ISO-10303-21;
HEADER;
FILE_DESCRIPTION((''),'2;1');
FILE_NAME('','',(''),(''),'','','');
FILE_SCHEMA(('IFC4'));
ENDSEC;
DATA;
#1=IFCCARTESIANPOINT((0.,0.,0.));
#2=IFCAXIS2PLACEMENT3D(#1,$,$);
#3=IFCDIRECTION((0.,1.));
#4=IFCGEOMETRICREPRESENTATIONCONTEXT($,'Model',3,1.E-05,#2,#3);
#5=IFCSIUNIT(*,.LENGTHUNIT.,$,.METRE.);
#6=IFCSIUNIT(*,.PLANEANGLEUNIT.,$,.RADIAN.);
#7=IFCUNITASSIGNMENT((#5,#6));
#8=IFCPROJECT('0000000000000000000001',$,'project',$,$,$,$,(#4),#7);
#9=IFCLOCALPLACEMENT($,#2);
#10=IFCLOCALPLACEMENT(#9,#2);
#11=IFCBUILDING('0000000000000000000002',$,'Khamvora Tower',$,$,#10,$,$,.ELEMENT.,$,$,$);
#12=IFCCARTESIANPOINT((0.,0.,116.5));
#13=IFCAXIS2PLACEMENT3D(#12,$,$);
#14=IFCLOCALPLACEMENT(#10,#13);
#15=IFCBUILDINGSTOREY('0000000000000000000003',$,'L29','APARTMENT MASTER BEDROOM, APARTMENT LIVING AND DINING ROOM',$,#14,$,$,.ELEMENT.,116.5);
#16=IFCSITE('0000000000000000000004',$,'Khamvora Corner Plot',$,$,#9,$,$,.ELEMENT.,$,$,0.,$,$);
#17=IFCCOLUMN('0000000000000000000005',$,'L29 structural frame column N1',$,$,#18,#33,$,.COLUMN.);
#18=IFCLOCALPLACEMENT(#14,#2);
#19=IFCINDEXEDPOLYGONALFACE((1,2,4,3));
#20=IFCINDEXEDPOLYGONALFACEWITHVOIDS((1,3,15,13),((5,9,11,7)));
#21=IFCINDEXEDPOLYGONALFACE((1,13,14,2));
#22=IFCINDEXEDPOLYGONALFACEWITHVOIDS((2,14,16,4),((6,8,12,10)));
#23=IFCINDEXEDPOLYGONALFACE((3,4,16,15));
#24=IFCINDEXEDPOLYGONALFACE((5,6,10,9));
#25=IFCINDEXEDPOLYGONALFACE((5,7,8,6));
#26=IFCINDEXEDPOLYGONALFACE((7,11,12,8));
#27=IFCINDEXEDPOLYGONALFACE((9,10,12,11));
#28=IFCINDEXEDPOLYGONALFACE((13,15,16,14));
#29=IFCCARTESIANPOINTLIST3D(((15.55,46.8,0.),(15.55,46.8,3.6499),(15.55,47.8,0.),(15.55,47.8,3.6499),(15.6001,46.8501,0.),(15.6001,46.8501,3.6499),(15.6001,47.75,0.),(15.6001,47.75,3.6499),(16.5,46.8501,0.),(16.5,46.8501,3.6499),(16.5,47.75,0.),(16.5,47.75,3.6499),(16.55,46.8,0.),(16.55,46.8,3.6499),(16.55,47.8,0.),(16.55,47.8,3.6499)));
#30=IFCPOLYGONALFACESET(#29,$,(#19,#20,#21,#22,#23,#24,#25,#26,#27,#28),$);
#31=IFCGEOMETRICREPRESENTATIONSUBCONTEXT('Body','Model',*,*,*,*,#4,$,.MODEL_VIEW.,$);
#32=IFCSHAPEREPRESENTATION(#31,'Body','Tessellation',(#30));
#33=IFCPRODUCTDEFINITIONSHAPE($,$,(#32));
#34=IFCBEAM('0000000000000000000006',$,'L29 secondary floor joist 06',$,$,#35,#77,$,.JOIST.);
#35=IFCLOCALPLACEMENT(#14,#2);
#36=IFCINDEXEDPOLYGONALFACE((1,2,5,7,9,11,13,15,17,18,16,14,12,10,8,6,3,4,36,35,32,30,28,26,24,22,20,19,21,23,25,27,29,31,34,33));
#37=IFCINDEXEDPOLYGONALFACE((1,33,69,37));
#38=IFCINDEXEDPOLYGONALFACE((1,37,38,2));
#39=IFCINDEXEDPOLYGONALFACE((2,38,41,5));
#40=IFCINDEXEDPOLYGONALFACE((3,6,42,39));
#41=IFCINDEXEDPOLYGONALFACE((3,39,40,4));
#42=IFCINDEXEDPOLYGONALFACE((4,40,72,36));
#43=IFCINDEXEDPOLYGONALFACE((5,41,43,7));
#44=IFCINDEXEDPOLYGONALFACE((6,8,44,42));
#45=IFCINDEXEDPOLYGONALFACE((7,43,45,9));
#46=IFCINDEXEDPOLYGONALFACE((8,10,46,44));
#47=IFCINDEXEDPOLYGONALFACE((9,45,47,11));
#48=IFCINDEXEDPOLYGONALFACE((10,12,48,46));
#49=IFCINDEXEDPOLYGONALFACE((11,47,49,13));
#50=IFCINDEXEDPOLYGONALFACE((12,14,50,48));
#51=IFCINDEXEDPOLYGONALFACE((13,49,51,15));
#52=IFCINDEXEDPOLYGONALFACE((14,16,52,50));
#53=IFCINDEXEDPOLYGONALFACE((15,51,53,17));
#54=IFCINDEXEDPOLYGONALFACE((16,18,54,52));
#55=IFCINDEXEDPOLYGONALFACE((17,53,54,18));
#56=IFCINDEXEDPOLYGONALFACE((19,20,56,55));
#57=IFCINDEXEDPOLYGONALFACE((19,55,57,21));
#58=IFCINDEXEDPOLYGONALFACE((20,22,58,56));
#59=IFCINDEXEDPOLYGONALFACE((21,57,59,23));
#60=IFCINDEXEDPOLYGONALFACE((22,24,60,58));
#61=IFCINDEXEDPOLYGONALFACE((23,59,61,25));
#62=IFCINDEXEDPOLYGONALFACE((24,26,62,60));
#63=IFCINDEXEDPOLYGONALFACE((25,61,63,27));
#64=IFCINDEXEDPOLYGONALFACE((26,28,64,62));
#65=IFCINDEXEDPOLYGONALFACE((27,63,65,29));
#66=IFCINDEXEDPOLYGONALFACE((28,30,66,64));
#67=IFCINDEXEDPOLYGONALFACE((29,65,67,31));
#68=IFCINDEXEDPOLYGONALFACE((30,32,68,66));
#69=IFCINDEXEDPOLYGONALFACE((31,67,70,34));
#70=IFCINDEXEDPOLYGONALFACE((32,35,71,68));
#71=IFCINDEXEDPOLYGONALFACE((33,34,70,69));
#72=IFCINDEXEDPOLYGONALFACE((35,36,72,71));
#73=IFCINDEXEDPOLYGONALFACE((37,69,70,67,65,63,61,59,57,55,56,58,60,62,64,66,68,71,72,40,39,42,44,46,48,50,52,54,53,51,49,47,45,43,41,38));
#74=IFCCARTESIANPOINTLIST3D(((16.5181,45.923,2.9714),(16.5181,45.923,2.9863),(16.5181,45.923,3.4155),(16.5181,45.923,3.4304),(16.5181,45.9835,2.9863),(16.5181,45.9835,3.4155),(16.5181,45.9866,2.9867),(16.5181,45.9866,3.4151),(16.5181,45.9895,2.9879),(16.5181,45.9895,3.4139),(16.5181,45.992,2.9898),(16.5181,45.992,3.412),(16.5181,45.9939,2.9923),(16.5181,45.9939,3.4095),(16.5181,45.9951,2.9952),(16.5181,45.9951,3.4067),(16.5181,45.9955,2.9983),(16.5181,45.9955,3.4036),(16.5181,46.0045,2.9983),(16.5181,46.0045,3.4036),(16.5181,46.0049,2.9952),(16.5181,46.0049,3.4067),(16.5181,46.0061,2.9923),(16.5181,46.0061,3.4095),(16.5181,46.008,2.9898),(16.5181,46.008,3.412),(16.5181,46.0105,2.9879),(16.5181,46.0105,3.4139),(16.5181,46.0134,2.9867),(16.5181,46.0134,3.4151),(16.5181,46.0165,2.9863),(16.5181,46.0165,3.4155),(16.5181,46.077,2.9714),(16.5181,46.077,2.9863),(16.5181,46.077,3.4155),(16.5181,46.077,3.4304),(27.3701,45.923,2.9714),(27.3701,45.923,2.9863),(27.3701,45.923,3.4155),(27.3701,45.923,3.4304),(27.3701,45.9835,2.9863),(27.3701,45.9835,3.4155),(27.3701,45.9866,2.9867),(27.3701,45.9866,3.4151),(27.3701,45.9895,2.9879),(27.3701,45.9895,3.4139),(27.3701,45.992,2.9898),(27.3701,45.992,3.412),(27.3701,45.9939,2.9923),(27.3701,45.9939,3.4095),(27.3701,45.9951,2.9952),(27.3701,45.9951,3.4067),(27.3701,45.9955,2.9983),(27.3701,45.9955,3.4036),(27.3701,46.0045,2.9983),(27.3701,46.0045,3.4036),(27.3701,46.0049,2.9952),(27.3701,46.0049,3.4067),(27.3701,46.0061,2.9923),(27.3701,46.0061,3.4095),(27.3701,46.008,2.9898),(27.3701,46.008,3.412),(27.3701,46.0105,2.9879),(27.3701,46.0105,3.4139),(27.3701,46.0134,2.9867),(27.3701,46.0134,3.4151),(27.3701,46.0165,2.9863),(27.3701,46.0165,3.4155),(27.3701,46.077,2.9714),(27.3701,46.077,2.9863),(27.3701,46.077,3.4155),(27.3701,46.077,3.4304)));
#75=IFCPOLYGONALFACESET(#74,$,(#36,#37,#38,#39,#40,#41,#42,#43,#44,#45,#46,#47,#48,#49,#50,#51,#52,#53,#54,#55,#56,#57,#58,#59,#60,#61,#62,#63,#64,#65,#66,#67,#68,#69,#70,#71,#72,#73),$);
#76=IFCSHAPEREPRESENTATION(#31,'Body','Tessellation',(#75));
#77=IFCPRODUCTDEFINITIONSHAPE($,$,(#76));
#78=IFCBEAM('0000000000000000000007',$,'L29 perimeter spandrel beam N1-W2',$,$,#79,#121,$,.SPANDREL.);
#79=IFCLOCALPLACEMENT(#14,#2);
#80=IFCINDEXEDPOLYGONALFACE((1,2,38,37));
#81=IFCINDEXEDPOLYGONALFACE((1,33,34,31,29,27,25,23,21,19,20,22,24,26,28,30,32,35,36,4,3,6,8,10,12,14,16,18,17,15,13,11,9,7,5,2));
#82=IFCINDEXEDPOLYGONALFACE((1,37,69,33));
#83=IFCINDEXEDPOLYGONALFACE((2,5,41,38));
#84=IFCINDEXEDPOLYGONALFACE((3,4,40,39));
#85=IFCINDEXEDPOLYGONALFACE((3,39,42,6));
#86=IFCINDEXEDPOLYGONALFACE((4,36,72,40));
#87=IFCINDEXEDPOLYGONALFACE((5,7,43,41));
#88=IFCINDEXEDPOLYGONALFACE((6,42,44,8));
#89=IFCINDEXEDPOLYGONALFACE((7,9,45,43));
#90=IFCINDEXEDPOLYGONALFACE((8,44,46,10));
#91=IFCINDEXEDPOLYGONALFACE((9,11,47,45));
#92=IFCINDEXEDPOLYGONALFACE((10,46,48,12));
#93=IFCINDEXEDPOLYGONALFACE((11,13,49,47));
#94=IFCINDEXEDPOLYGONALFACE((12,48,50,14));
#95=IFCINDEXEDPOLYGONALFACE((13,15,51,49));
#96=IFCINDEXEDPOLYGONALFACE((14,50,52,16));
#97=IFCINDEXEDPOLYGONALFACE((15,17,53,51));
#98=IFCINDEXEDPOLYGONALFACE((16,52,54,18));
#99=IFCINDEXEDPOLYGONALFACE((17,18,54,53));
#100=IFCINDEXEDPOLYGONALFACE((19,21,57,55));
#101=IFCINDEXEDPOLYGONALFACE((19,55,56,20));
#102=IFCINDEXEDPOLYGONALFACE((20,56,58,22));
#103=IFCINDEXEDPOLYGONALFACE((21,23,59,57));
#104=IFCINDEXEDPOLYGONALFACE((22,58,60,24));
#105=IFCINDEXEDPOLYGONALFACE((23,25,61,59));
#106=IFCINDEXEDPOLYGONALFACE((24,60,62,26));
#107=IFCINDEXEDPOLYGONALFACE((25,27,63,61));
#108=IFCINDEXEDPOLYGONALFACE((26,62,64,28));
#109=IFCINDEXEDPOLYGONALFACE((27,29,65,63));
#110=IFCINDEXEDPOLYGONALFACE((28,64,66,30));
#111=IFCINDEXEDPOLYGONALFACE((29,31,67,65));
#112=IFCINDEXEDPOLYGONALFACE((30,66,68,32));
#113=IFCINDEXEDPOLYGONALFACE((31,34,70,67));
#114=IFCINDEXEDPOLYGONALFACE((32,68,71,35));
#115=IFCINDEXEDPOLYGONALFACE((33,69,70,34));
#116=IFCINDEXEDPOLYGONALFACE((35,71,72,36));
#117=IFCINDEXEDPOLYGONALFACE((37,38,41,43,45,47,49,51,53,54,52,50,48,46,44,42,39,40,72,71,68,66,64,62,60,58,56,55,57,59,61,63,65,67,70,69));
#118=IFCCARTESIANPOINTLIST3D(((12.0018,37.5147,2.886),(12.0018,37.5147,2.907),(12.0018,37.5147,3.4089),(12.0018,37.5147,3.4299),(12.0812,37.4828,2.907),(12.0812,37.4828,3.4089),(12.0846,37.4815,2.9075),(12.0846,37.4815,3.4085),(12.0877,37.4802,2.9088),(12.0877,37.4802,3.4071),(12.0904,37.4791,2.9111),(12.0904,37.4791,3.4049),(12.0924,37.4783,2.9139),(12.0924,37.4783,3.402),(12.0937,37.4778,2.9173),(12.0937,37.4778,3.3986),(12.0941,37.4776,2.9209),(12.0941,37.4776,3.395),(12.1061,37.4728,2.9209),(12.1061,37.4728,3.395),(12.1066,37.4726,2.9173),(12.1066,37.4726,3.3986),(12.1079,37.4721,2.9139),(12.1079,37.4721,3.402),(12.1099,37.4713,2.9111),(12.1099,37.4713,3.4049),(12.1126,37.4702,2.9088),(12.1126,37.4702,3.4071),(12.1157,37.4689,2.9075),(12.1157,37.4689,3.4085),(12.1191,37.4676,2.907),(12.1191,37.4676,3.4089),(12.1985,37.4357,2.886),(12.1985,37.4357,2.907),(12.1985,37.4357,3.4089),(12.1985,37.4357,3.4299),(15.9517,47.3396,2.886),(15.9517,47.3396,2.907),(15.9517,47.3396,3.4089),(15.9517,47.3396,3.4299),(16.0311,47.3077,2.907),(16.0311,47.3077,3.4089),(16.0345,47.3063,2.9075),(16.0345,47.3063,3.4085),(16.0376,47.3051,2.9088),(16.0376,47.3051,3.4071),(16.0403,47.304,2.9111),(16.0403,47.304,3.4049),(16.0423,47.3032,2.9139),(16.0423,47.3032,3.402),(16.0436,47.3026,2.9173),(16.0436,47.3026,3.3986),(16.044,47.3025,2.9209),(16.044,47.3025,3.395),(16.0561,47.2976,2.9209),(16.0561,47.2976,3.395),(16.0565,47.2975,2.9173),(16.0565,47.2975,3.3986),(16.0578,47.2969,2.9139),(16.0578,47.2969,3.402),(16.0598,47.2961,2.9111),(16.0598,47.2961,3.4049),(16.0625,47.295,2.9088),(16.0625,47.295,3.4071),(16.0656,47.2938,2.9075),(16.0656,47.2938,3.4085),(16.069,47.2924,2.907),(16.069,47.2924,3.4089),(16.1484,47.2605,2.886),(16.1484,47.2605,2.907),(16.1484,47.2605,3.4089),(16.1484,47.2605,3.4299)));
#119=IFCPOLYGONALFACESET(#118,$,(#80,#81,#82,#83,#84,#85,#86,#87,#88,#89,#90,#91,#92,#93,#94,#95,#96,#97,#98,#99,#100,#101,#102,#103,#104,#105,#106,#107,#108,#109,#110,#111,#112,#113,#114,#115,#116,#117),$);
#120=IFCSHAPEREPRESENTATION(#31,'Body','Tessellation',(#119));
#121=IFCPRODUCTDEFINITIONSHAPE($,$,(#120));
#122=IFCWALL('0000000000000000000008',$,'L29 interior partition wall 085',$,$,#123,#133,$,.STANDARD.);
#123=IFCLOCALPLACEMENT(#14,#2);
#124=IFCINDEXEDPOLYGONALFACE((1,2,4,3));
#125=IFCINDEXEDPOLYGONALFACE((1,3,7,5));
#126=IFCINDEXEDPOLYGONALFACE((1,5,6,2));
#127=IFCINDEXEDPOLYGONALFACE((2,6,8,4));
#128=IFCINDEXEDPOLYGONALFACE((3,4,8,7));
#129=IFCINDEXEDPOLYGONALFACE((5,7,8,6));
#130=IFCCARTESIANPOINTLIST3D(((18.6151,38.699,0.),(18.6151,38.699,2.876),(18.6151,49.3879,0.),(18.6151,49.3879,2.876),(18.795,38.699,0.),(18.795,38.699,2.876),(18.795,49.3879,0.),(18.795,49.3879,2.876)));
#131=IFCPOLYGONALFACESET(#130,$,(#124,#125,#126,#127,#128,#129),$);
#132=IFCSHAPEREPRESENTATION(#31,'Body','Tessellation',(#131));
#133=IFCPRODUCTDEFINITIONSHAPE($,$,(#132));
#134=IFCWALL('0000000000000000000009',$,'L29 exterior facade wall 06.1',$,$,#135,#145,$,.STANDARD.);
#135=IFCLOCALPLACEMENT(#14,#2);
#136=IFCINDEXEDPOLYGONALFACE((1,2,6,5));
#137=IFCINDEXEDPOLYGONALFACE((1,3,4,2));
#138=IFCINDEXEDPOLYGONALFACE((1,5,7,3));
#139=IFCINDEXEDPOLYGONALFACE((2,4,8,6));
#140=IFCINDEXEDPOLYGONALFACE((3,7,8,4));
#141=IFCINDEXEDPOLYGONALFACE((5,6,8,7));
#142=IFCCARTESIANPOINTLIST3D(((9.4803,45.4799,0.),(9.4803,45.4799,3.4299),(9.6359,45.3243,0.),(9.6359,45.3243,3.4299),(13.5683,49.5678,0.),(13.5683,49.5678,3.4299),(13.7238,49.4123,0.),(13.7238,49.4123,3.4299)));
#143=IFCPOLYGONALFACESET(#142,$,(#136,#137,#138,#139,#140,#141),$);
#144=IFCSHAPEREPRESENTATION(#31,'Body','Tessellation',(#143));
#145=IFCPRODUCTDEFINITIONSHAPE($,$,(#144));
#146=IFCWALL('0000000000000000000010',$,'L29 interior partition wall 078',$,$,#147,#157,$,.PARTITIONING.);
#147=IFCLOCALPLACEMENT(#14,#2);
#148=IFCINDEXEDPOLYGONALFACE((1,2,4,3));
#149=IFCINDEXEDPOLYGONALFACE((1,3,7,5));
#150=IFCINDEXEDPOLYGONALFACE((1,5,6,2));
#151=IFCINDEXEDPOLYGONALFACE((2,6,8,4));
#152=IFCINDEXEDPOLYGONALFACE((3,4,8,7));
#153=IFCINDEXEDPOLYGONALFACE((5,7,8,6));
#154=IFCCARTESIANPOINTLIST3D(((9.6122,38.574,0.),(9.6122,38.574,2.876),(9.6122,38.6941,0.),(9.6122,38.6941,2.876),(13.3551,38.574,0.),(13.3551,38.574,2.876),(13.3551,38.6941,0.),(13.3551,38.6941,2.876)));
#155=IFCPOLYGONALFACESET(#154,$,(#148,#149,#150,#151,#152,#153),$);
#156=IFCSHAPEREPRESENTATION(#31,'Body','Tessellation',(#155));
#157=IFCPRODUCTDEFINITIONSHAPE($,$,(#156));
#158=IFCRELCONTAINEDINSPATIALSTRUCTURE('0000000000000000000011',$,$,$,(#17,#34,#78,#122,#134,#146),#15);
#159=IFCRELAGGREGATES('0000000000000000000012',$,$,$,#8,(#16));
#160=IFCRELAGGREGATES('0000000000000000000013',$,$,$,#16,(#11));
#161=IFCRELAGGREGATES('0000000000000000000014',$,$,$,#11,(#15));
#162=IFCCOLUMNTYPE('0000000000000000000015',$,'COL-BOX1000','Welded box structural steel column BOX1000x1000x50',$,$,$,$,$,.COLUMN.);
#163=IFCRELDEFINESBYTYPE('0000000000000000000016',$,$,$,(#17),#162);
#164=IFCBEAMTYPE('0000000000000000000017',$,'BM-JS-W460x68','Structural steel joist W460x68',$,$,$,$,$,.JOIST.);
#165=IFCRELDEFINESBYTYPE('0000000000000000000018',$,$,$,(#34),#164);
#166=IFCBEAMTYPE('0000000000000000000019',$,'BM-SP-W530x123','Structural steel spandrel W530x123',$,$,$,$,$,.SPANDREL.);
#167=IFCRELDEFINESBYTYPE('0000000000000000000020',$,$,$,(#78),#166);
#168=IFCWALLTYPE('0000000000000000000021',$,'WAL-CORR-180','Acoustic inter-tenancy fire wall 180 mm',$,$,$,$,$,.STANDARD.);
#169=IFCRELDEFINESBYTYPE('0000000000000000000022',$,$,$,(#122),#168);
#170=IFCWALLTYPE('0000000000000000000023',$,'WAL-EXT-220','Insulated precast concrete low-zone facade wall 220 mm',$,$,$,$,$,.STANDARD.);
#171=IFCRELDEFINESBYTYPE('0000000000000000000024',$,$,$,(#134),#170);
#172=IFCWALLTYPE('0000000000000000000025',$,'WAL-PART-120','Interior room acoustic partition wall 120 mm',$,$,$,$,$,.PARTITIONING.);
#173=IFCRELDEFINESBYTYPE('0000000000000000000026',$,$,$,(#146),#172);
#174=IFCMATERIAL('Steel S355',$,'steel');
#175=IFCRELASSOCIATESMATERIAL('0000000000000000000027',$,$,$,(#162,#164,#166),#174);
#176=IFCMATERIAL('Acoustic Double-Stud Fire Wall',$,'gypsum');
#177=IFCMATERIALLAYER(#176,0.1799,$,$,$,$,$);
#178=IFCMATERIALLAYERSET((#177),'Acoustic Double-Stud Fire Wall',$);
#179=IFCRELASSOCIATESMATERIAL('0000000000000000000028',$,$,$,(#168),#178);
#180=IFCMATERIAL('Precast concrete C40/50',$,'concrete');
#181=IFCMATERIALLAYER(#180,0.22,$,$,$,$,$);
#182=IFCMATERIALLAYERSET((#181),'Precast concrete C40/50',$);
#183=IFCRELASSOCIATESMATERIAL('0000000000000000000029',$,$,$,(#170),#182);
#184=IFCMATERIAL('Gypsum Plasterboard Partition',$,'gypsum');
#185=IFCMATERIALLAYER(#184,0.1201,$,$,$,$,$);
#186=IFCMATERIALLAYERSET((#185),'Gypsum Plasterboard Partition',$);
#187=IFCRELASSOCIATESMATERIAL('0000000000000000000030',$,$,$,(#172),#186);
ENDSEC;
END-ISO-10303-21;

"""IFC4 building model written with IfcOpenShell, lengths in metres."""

from ifc_helpers import new_model, si_unit, direction, frame, frame_2d, origin, origin_2d, place, context, subcontext, project, spatial, rectangle, hollow_rectangle, i_section, extrude, material, layer, layer_set, material_profile, profile_set, type_object, element, save


model = new_model("IFC4")

# Units and contexts
model_context = context("Model", 3, precision=1e-05, world=origin(), true_north=direction((0.0, 1.0)))
body_context = subcontext(model_context, "Body", "Model", "MODEL_VIEW")
ifc_project = project(units=[si_unit("LENGTHUNIT", "METRE"), si_unit("PLANEANGLEUNIT", "RADIAN")], contexts=[model_context])

# Site, building, storey
site_placement = place(None, origin())
site = spatial("IfcSite", under=ifc_project, at=site_placement, Name="Khamvora Corner Plot", CompositionType="ELEMENT", RefElevation=0.0)
building_placement = place(site_placement, origin())
building = spatial("IfcBuilding", under=site, at=building_placement, Name="Khamvora Tower", CompositionType="ELEMENT")
storey_placement = place(building_placement, frame((0.0, 0.0, 116.5)))
storey = spatial("IfcBuildingStorey", under=building, at=storey_placement, Name="L29", Description="APARTMENT MASTER BEDROOM, APARTMENT LIVING AND DINING ROOM", CompositionType="ELEMENT", Elevation=116.5)

# Column
ifc_material_1 = material(Name="Steel S355", Category="steel")
ifc_material_profile_1 = material_profile(ifc_material_1, hollow_rectangle(XDim=1.0, YDim=1.0, WallThickness=0.05, at=origin_2d()), Name="BOX1000x1000x50")
ifc_profile_set_1 = profile_set([ifc_material_profile_1], Name="Steel S355")
column_type = type_object("IfcColumnType", Name="COL-BOX1000", Description="Welded box structural steel column BOX1000x1000x50", PredefinedType="COLUMN", material=ifc_profile_set_1)
column_placement = place(storey_placement, frame((16.05, 47.3, 0.0), z_axis=(0.0, 0.0, 1.0), x_axis=(1.0, 0.0, 0.0)))
element("IfcColumn", 1, at=column_placement, inside=storey, type_object=column_type, Name="L29 structural frame column N1", PredefinedType="COLUMN", context=body_context, shape_type="SweptSolid", body=[
    extrude(hollow_rectangle(XDim=1.0, YDim=1.0, WallThickness=0.05, at=origin_2d()), origin(), (0.0, 0.0, 1.0), 3.6499),
])

# Beams
ifc_material_profile_2 = material_profile(ifc_material_1, i_section(OverallWidth=0.1541, OverallDepth=0.459, WebThickness=0.009, FlangeThickness=0.0149, FilletRadius=0.012, at=origin_2d()), Name="W460x68")
ifc_profile_set_2 = profile_set([ifc_material_profile_2], Name="Steel S355")
beam_type_1 = type_object("IfcBeamType", Name="BM-JS-W460x68", Description="Structural steel joist W460x68", PredefinedType="JOIST", material=ifc_profile_set_2)
beam_1_placement = place(storey_placement, frame((16.5181, 46.0, 3.2009), z_axis=(1.0, 0.0, 0.0), x_axis=(0.0, 1.0, 0.0)))
element("IfcBeam", 2, at=beam_1_placement, inside=storey, type_object=beam_type_1, Name="L29 secondary floor joist 06", PredefinedType="JOIST", context=body_context, shape_type="SweptSolid", body=[
    extrude(i_section(OverallWidth=0.1541, OverallDepth=0.459, WebThickness=0.009, FlangeThickness=0.0149, FilletRadius=0.012, at=origin_2d()), origin(), (0.0, 0.0, 1.0), 10.8521),
])
ifc_material_profile_3 = material_profile(ifc_material_1, i_section(OverallWidth=0.2119, OverallDepth=0.5439, WebThickness=0.0129, FlangeThickness=0.021, FilletRadius=0.0139, at=origin_2d()), Name="W530x123")
ifc_profile_set_3 = profile_set([ifc_material_profile_3], Name="Steel S355")
beam_type_2 = type_object("IfcBeamType", Name="BM-SP-W530x123", Description="Structural steel spandrel W530x123", PredefinedType="SPANDREL", material=ifc_profile_set_3)
beam_2_placement = place(storey_placement, frame((16.05, 47.3, 3.158), z_axis=(-0.373016, -0.927825, 0.0), x_axis=(0.927825, -0.373016, 0.0)))
element("IfcBeam", 3, at=beam_2_placement, inside=storey, type_object=beam_type_2, Name="L29 perimeter spandrel beam N1-W2", PredefinedType="SPANDREL", context=body_context, shape_type="SweptSolid", body=[
    extrude(i_section(OverallWidth=0.2119, OverallDepth=0.5439, WebThickness=0.0129, FlangeThickness=0.021, FilletRadius=0.0139, at=origin_2d()), origin(), (0.0, 0.0, 1.0), 10.5891),
])

# Walls
ifc_material_2 = material(Name="Acoustic Double-Stud Fire Wall", Category="gypsum")
ifc_layer_1 = layer(ifc_material_2, 0.1799)
ifc_layer_set_1 = layer_set([ifc_layer_1], Name="Acoustic Double-Stud Fire Wall")
wall_type_1 = type_object("IfcWallType", Name="WAL-CORR-180", Description="Acoustic inter-tenancy fire wall 180 mm", PredefinedType="STANDARD", material=ifc_layer_set_1)
wall_1_placement = place(storey_placement, frame((18.7051, 49.3879, 0.0), z_axis=(0.0, 0.0, 1.0), x_axis=(0.0, -1.0, 0.0)))
element("IfcWall", 4, at=wall_1_placement, inside=storey, type_object=wall_type_1, Name="L29 interior partition wall 085", PredefinedType="STANDARD", context=body_context, shape_type="SweptSolid", body=[
    extrude(rectangle(XDim=10.689, YDim=0.1799, at=frame_2d((5.3445, 0.0))), origin(), (0.0, 0.0, 1.0), 2.876),
])
ifc_material_3 = material(Name="Precast concrete C40/50", Category="concrete")
ifc_layer_2 = layer(ifc_material_3, 0.22)
ifc_layer_set_2 = layer_set([ifc_layer_2], Name="Precast concrete C40/50")
wall_type_2 = type_object("IfcWallType", Name="WAL-EXT-220", Description="Insulated precast concrete low-zone facade wall 220 mm", PredefinedType="STANDARD", material=ifc_layer_set_2)
wall_2_placement = place(storey_placement, frame((9.5581, 45.4021, 0.0), z_axis=(0.0, 0.0, 1.0), x_axis=(0.707107, 0.707107, 0.0)))
element("IfcWall", 5, at=wall_2_placement, inside=storey, type_object=wall_type_2, Name="L29 exterior facade wall 06.1", PredefinedType="STANDARD", context=body_context, shape_type="SweptSolid", body=[
    extrude(rectangle(XDim=5.7812, YDim=0.22, at=frame_2d((2.8906, 0.0))), origin(), (0.0, 0.0, 1.0), 3.4299),
])

# Wall
ifc_material_4 = material(Name="Gypsum Plasterboard Partition", Category="gypsum")
ifc_layer_3 = layer(ifc_material_4, 0.1201)
ifc_layer_set_3 = layer_set([ifc_layer_3], Name="Gypsum Plasterboard Partition")
wall_type_3 = type_object("IfcWallType", Name="WAL-PART-120", Description="Interior room acoustic partition wall 120 mm", PredefinedType="PARTITIONING", material=ifc_layer_set_3)
wall_3_placement = place(storey_placement, frame((9.6121, 38.634, 0.0), z_axis=(0.0, 0.0, 1.0), x_axis=(1.0, 0.0, 0.0)))
element("IfcWall", 6, at=wall_3_placement, inside=storey, type_object=wall_type_3, Name="L29 interior partition wall 078", PredefinedType="PARTITIONING", context=body_context, shape_type="SweptSolid", body=[
    extrude(rectangle(XDim=3.7429, YDim=0.1201, at=frame_2d((1.8716, 0.0))), origin(), (0.0, 0.0, 1.0), 2.876),
])

save(model, "model.ifc")
